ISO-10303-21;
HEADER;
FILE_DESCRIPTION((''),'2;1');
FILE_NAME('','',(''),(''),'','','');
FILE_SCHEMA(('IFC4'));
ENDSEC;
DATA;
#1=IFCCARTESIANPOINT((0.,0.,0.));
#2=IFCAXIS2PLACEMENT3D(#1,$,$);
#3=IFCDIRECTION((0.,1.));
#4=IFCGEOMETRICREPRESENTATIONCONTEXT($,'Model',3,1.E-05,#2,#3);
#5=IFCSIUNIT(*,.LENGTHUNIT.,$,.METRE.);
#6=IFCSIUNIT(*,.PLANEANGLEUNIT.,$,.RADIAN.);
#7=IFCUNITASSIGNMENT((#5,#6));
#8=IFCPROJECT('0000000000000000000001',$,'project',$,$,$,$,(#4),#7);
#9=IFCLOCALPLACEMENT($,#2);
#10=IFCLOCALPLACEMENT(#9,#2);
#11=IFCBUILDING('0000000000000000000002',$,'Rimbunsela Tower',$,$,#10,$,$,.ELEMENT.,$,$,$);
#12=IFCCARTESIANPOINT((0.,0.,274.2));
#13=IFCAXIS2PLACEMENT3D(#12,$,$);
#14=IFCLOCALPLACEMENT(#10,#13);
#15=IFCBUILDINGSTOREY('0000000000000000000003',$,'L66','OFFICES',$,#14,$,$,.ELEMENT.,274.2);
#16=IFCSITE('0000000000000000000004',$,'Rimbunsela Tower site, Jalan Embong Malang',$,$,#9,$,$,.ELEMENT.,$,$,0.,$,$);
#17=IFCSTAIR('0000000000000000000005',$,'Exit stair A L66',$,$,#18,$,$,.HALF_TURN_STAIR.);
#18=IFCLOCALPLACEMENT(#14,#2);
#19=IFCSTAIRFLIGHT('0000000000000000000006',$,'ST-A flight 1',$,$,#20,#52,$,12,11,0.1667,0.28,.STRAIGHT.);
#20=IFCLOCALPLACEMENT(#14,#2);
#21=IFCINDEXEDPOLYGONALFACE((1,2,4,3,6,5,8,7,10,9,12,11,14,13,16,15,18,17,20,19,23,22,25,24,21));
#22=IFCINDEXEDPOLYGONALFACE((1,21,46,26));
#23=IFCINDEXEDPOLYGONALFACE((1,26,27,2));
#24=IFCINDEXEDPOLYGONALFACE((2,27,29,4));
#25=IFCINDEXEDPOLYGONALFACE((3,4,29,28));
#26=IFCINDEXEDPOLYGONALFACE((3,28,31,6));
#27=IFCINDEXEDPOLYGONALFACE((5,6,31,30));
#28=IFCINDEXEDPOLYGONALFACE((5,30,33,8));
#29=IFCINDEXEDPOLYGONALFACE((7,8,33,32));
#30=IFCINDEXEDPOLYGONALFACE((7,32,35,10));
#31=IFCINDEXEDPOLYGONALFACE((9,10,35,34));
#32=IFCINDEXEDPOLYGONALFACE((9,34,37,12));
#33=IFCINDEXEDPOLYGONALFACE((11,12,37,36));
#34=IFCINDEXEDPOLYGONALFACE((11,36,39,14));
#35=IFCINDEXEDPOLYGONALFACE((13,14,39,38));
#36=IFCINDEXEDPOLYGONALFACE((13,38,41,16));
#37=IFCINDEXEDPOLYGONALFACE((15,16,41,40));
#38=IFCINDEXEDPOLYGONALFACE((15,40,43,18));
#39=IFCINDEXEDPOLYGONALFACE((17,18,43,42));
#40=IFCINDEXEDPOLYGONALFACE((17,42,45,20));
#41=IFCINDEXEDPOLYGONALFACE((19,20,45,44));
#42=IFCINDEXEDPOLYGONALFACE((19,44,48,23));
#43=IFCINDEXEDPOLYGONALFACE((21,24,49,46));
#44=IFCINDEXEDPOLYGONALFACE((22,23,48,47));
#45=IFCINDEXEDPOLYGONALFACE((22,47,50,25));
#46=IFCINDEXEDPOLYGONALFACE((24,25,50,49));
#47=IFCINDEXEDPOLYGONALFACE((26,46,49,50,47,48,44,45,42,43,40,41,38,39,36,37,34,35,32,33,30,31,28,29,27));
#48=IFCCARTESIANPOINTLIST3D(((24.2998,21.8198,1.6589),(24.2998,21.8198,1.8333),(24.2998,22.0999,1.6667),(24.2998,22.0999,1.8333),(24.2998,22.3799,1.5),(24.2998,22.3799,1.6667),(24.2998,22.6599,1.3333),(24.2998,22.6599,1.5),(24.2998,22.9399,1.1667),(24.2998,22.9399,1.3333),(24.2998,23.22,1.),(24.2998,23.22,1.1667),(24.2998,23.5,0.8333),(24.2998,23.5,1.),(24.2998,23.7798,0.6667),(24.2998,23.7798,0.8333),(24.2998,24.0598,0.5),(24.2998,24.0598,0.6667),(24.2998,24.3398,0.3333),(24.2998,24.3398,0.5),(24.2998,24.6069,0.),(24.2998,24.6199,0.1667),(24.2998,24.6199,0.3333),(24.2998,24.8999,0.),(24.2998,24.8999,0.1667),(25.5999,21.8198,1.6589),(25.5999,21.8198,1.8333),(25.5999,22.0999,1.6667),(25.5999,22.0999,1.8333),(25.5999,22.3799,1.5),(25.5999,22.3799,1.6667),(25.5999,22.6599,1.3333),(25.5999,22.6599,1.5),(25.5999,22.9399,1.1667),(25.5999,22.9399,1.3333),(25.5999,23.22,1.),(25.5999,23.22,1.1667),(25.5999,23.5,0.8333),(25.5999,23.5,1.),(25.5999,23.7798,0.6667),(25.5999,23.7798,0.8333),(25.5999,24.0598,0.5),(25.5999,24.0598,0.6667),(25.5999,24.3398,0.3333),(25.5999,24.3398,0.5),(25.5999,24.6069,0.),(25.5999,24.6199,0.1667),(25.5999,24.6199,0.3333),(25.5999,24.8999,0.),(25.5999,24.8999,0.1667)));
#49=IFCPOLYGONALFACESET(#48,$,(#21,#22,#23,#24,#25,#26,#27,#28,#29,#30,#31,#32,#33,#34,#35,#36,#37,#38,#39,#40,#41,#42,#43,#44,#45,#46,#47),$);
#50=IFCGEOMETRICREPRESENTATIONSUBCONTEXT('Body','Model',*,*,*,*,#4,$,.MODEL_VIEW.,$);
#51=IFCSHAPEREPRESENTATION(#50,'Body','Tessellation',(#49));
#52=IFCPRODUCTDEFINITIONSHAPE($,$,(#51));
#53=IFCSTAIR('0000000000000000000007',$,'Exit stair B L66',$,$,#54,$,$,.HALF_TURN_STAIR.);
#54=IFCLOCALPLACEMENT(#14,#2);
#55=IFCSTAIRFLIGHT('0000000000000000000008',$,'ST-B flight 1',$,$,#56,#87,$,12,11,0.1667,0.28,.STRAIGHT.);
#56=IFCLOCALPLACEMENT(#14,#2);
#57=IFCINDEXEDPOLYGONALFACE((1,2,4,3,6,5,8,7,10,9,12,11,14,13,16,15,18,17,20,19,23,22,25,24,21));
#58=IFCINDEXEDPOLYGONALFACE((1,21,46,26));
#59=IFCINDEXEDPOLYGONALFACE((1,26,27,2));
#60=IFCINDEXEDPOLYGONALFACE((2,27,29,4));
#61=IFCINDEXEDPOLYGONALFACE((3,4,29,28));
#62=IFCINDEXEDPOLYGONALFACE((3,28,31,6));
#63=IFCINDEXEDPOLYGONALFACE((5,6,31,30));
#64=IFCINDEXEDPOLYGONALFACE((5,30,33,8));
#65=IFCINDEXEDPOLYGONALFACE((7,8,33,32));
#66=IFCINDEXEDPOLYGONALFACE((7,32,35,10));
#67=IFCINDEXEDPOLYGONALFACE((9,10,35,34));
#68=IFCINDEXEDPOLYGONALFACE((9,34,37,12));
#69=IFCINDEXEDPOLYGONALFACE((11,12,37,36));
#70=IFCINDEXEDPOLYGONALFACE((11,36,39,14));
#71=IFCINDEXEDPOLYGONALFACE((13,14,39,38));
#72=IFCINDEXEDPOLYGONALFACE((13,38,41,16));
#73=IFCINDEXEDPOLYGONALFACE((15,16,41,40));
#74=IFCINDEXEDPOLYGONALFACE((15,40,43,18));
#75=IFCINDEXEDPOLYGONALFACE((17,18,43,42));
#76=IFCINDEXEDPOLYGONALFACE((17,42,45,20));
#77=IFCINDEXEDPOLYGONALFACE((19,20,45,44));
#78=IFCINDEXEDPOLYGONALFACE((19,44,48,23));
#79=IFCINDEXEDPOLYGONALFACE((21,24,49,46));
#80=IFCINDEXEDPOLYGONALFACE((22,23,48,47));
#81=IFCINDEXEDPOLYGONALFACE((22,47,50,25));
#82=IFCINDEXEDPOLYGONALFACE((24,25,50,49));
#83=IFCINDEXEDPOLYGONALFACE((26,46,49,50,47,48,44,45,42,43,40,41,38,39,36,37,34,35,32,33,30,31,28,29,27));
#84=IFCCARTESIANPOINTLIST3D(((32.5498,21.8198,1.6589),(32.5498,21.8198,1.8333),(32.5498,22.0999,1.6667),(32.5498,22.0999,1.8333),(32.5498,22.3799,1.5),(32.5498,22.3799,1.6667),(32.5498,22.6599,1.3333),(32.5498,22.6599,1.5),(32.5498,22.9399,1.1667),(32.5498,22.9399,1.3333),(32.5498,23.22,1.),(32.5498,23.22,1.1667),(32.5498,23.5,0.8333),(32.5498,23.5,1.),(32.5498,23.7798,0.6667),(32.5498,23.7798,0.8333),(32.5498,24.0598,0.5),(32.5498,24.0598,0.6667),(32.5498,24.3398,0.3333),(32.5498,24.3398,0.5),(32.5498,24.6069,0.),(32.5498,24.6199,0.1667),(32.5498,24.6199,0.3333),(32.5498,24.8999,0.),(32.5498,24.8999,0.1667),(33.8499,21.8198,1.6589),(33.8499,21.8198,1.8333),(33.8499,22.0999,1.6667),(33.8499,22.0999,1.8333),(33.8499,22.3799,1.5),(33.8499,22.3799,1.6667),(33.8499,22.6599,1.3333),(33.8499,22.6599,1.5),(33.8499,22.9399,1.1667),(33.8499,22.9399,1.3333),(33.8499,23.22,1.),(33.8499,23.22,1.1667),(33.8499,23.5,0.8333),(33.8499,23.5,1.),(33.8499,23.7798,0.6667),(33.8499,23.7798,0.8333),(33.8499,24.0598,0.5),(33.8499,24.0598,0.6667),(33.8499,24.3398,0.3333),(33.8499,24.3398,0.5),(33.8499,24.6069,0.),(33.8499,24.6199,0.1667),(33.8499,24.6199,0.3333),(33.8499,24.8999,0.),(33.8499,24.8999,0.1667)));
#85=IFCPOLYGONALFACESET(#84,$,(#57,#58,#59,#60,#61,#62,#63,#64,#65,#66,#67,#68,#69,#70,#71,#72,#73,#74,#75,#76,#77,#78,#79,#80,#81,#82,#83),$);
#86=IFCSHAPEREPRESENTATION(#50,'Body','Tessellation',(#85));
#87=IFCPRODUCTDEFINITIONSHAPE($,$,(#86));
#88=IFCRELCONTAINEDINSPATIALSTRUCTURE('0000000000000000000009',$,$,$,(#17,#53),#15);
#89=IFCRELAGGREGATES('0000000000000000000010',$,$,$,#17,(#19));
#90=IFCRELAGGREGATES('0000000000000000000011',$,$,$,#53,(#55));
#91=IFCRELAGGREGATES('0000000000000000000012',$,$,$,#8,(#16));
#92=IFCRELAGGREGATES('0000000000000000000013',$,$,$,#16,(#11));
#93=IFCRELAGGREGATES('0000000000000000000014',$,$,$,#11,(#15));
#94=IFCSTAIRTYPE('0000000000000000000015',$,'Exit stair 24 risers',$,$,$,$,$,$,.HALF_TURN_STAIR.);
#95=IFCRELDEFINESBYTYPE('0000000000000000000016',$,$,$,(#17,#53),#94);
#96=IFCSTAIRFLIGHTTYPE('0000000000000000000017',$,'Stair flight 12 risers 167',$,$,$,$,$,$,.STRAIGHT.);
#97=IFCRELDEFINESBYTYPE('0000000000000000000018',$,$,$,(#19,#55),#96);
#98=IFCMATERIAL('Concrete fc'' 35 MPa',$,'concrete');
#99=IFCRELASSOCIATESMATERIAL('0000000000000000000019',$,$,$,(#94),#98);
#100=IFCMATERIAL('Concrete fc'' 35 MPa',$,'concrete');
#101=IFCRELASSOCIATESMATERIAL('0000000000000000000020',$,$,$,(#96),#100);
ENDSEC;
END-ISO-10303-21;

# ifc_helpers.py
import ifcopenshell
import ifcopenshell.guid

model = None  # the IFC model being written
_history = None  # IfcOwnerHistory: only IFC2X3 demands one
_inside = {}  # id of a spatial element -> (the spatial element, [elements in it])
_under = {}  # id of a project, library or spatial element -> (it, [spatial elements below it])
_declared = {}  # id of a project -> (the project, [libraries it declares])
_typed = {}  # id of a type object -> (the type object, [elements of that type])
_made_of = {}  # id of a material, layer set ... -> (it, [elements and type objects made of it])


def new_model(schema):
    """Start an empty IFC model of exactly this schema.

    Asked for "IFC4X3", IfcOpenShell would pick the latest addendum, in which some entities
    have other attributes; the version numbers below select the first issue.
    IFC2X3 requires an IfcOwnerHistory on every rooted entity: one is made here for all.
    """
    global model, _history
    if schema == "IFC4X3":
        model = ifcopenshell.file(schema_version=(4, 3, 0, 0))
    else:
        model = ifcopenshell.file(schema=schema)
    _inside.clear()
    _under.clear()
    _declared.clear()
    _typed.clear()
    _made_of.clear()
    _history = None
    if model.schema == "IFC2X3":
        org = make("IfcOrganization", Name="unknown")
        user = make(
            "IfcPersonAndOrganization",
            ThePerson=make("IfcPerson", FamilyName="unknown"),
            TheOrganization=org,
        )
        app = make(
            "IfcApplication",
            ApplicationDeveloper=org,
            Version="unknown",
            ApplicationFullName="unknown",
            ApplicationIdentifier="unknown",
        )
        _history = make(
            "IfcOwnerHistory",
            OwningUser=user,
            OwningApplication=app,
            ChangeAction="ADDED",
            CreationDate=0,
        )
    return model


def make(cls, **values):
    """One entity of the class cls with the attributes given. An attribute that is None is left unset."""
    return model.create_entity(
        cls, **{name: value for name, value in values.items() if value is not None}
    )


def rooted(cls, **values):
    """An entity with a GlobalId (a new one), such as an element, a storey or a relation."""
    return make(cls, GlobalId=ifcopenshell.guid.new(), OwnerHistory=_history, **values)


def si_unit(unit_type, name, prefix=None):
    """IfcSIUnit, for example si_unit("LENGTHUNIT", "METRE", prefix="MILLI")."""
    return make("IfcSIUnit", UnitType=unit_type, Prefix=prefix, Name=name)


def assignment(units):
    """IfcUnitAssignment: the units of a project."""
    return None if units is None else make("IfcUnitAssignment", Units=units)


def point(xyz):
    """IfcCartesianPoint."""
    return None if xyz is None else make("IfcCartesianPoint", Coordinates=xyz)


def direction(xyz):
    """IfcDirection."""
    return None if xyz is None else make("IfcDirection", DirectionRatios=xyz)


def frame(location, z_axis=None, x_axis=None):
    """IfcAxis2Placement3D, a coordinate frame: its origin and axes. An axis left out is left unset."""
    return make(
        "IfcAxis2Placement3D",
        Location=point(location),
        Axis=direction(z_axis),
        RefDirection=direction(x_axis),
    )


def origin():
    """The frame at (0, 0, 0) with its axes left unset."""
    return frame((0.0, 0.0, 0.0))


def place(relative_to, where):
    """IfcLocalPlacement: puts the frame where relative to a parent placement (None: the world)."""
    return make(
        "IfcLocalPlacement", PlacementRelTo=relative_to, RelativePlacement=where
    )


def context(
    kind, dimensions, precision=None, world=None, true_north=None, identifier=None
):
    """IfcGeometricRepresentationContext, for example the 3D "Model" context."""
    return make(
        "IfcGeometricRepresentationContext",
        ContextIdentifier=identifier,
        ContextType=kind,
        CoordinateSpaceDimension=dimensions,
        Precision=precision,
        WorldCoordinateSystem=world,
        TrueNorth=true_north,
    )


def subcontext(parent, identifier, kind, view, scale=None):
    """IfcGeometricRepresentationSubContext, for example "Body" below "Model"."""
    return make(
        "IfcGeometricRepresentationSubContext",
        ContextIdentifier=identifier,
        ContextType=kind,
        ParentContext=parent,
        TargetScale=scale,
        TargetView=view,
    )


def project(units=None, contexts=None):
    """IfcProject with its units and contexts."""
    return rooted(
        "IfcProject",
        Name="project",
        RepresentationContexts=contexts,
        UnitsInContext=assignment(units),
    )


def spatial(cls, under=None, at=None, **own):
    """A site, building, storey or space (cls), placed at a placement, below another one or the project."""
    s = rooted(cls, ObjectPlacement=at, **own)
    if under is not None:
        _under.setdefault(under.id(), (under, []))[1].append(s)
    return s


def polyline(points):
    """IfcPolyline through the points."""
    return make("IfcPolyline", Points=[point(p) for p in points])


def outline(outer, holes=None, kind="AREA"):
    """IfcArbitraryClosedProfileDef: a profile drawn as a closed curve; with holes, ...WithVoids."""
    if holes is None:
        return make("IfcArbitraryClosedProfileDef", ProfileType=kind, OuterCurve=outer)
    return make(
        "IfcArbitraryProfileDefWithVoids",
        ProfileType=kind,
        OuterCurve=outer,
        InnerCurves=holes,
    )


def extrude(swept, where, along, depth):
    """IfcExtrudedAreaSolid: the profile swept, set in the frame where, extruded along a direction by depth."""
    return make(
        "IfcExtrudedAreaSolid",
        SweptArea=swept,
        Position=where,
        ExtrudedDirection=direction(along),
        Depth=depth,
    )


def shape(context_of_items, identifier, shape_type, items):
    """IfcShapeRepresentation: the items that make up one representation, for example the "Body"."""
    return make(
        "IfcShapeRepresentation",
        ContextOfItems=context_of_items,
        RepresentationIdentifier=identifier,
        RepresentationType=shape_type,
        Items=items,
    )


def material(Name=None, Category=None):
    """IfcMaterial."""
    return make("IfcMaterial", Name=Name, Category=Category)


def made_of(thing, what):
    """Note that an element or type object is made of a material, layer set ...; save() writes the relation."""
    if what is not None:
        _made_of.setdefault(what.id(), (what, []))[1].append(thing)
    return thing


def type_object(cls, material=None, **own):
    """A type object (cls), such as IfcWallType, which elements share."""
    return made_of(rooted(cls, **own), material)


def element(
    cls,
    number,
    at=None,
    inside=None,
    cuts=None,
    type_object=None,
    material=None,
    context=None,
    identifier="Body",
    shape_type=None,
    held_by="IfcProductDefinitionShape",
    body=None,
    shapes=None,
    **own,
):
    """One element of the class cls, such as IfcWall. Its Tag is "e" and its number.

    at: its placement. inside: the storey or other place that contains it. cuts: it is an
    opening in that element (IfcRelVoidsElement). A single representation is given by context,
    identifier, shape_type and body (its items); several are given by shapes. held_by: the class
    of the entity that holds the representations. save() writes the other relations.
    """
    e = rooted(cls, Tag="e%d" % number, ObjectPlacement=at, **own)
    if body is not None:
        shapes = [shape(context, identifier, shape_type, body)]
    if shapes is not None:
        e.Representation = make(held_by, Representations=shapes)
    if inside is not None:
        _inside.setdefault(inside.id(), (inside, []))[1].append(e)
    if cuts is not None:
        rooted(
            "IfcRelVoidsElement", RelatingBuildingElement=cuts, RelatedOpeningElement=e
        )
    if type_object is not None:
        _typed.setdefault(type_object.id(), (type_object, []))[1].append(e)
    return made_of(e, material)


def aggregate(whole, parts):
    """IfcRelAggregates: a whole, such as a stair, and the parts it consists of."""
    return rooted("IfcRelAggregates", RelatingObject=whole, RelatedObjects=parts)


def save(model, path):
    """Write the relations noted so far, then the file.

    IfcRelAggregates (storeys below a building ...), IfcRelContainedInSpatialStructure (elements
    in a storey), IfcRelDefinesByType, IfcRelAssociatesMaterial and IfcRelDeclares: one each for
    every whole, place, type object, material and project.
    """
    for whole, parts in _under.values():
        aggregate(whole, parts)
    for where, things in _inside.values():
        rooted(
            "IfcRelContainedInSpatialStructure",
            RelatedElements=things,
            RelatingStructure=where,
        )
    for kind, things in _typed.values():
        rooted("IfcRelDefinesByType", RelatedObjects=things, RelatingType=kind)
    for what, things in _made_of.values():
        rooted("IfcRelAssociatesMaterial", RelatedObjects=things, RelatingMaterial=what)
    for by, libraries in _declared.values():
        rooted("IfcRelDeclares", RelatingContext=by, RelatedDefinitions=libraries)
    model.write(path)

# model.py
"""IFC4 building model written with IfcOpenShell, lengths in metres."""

from ifc_helpers import new_model, si_unit, direction, frame, origin, place, context, subcontext, project, spatial, polyline, outline, extrude, material, type_object, element, aggregate, save


model = new_model("IFC4")

# Units and contexts
model_context = context("Model", 3, precision=1e-05, world=origin(), true_north=direction((0.0, 1.0)))
body_context = subcontext(model_context, "Body", "Model", "MODEL_VIEW")
ifc_project = project(units=[si_unit("LENGTHUNIT", "METRE"), si_unit("PLANEANGLEUNIT", "RADIAN")], contexts=[model_context])

# Site, building, storey
site_placement = place(None, origin())
site = spatial("IfcSite", under=ifc_project, at=site_placement, Name="Rimbunsela Tower site, Jalan Embong Malang", CompositionType="ELEMENT", RefElevation=0.0)
building_placement = place(site_placement, origin())
building = spatial("IfcBuilding", under=site, at=building_placement, Name="Rimbunsela Tower", CompositionType="ELEMENT")
storey_placement = place(building_placement, frame((0.0, 0.0, 274.2)))
storey = spatial("IfcBuildingStorey", under=building, at=storey_placement, Name="L66", Description="OFFICES", CompositionType="ELEMENT", Elevation=274.2)

# Stairs, stair flights
ifc_material_1 = material(Name="Concrete fc' 35 MPa", Category="concrete")
stair_type = type_object("IfcStairType", Name="Exit stair 24 risers", PredefinedType="HALF_TURN_STAIR", material=ifc_material_1)
stair_1_placement = place(storey_placement, origin())
stair_1 = element("IfcStair", 1, at=stair_1_placement, inside=storey, type_object=stair_type, Name="Exit stair A L66", PredefinedType="HALF_TURN_STAIR")
ifc_material_2 = material(Name="Concrete fc' 35 MPa", Category="concrete")
stair_flight_type = type_object("IfcStairFlightType", Name="Stair flight 12 risers 167", PredefinedType="STRAIGHT", material=ifc_material_2)
stair_flight_1_placement = place(storey_placement, frame((24.95, 24.8999, 0.0), z_axis=(0.0, 0.0, 1.0), x_axis=(0.0, -1.0, 0.0)))
stair_flight_1 = element("IfcStairFlight", 2, at=stair_flight_1_placement, type_object=stair_flight_type, Name="ST-A flight 1", NumberOfRisers=12, NumberOfTreads=11, PredefinedType="STRAIGHT", RiserHeight=0.1667, TreadLength=0.28, context=body_context, shape_type="SweptSolid", body=[
    extrude(outline(polyline([(0.0, 0.0), (0.0, 0.1667), (0.28, 0.1667), (0.28, 0.3333), (0.5601, 0.3333), (0.5601, 0.5), (0.8401, 0.5), (0.8401, 0.6667), (1.1201, 0.6667), (1.1201, 0.8333), (1.3999, 0.8333), (1.3999, 1.0), (1.6799, 1.0), (1.6799, 1.1667), (1.96, 1.1667), (1.96, 1.3333), (2.24, 1.3333), (2.24, 1.5), (2.52, 1.5), (2.52, 1.6667), (2.8, 1.6667), (2.8, 1.8333), (3.0801, 1.8333), (3.0801, 2.0), (3.0801, 1.6589), (0.293, 0.0), (0.0, 0.0)])), frame((0.0, 0.6499, 0.0), z_axis=(0.0, -1.0, 0.0), x_axis=(1.0, 0.0, 0.0)), (0.0, 0.0, 1.0), 1.3),
])
aggregate(stair_1, [stair_flight_1])
stair_2_placement = place(storey_placement, origin())
stair_2 = element("IfcStair", 3, at=stair_2_placement, inside=storey, type_object=stair_type, Name="Exit stair B L66", PredefinedType="HALF_TURN_STAIR")
stair_flight_2_placement = place(storey_placement, frame((33.2, 24.8999, 0.0), z_axis=(0.0, 0.0, 1.0), x_axis=(0.0, -1.0, 0.0)))
stair_flight_2 = element("IfcStairFlight", 4, at=stair_flight_2_placement, type_object=stair_flight_type, Name="ST-B flight 1", NumberOfRisers=12, NumberOfTreads=11, PredefinedType="STRAIGHT", RiserHeight=0.1667, TreadLength=0.28, context=body_context, shape_type="SweptSolid", body=[
    extrude(outline(polyline([(0.0, 0.0), (0.0, 0.1667), (0.28, 0.1667), (0.28, 0.3333), (0.5601, 0.3333), (0.5601, 0.5), (0.8401, 0.5), (0.8401, 0.6667), (1.1201, 0.6667), (1.1201, 0.8333), (1.3999, 0.8333), (1.3999, 1.0), (1.6799, 1.0), (1.6799, 1.1667), (1.96, 1.1667), (1.96, 1.3333), (2.24, 1.3333), (2.24, 1.5), (2.52, 1.5), (2.52, 1.6667), (2.8, 1.6667), (2.8, 1.8333), (3.0801, 1.8333), (3.0801, 2.0), (3.0801, 1.6589), (0.293, 0.0), (0.0, 0.0)])), frame((0.0, 0.6499, 0.0), z_axis=(0.0, -1.0, 0.0), x_axis=(1.0, 0.0, 0.0)), (0.0, 0.0, 1.0), 1.3),
])
aggregate(stair_2, [stair_flight_2])

save(model, "model.ifc")
